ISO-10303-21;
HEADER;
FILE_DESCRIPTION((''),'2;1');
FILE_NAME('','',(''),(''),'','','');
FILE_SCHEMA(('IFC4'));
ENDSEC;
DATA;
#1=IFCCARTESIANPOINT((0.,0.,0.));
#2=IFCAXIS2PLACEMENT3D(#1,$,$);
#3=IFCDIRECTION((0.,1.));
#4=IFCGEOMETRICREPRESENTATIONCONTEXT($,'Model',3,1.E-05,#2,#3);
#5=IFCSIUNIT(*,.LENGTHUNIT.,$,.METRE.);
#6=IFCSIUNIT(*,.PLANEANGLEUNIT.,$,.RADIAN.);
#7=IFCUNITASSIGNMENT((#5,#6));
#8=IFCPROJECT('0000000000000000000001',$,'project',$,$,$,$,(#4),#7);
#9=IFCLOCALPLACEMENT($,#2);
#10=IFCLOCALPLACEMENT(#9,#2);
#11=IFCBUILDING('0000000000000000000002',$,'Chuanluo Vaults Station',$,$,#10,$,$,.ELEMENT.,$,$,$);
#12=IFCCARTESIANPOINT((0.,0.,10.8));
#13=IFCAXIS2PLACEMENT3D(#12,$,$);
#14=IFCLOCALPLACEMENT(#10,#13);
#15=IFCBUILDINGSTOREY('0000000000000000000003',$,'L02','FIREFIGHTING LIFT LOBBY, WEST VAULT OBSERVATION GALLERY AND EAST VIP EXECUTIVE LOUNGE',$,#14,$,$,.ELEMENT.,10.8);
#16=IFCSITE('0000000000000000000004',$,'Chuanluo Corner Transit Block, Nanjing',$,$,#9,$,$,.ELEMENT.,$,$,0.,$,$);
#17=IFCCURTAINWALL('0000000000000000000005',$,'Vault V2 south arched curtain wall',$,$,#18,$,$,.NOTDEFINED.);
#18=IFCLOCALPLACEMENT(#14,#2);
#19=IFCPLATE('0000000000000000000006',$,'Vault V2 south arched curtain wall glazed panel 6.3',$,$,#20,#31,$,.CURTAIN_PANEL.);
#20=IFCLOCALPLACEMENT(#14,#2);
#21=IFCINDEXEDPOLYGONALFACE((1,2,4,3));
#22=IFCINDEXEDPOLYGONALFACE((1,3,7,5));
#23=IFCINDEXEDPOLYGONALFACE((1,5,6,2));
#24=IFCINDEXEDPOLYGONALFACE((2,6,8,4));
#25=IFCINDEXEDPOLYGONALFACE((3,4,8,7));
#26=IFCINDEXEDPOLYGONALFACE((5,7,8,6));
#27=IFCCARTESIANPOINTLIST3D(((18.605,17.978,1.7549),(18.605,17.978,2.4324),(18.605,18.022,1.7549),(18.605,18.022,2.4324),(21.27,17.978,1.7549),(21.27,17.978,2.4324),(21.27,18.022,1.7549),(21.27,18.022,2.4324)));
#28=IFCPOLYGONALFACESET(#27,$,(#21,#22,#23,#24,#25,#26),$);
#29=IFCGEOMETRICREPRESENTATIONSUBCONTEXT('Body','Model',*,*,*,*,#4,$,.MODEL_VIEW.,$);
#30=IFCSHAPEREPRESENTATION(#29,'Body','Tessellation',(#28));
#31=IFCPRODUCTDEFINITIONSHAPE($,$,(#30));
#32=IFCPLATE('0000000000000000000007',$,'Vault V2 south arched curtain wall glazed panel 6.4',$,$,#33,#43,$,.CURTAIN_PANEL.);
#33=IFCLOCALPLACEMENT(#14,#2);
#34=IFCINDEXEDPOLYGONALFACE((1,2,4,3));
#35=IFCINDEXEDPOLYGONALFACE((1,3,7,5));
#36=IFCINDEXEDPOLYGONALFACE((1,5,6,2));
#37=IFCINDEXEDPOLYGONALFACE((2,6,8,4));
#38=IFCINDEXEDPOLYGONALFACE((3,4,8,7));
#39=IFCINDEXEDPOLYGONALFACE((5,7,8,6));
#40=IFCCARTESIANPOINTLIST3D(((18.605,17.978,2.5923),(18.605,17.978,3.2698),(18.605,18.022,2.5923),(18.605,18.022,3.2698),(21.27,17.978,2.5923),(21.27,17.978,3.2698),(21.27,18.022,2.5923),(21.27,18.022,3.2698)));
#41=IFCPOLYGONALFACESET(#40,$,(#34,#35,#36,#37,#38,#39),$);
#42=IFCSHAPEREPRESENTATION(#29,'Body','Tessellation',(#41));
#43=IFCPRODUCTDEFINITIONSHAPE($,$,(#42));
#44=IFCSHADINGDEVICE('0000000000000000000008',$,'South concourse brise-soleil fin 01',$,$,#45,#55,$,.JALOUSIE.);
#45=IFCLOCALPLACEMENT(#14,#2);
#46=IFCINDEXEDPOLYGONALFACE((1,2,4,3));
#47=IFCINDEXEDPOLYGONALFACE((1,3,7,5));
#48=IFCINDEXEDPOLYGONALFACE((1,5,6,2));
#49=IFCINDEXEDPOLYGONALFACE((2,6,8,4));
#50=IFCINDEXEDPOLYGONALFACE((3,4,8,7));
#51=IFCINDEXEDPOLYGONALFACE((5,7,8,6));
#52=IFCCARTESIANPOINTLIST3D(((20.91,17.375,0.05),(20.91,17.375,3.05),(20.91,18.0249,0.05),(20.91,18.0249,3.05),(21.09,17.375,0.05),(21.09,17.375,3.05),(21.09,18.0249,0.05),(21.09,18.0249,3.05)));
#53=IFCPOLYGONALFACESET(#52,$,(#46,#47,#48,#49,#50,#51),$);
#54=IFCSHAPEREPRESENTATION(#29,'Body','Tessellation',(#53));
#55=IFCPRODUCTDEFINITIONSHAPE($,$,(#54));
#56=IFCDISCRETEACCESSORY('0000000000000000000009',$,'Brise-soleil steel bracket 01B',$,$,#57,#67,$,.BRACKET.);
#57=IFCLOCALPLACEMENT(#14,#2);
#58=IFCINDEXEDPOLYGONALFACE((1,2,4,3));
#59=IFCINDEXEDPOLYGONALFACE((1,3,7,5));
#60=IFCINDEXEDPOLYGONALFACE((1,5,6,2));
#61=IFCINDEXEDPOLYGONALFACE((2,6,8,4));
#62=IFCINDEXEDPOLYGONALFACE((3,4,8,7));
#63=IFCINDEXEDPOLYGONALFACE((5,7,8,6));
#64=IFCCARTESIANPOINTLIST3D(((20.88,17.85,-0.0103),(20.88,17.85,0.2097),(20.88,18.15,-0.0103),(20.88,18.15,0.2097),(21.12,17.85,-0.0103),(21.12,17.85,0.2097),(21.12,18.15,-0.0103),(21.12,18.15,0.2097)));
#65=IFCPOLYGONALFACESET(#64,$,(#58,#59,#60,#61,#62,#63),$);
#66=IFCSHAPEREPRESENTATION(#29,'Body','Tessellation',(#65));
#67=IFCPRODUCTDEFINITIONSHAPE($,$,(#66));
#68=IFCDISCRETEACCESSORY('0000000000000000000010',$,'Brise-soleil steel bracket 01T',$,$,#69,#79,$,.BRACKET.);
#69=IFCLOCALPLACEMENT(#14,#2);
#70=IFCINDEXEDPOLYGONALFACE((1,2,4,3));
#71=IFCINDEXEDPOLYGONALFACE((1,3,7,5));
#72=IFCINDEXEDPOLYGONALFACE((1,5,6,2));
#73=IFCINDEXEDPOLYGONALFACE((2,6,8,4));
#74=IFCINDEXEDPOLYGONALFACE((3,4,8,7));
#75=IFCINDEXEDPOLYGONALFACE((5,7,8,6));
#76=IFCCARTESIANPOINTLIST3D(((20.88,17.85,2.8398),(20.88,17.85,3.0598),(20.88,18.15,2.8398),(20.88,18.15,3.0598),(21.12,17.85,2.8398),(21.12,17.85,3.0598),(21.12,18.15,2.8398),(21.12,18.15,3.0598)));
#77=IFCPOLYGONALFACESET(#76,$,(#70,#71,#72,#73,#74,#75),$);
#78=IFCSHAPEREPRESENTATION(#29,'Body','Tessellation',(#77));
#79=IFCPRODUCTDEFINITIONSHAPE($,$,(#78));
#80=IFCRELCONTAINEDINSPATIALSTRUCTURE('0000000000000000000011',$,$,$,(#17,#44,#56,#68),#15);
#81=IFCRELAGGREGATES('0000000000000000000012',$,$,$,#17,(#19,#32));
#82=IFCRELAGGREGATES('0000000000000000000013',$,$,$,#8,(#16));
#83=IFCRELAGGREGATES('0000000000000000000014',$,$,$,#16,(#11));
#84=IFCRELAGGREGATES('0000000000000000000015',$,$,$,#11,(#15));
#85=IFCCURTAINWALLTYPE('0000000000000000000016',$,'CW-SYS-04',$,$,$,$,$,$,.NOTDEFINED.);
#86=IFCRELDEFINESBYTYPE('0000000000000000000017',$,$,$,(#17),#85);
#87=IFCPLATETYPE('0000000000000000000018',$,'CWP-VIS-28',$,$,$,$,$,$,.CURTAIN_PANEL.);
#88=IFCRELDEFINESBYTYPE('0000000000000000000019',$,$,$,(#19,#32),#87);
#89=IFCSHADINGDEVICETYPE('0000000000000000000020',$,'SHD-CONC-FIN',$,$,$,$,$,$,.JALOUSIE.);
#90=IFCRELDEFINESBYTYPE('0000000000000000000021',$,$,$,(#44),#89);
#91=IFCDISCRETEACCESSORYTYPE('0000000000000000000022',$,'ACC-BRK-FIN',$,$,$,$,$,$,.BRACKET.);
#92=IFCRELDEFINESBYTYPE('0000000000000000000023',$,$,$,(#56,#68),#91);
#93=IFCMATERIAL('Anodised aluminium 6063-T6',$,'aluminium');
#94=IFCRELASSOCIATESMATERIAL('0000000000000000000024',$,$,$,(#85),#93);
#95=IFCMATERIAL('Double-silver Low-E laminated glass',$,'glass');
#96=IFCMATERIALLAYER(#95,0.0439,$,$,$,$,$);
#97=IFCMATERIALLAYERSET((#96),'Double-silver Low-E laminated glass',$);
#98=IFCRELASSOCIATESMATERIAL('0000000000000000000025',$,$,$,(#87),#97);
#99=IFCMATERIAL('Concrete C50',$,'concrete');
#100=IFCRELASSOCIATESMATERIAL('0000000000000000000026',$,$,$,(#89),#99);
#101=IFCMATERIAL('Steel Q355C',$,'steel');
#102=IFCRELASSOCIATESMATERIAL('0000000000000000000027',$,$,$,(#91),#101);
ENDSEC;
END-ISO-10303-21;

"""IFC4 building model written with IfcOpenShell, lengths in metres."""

from ifc_helpers import new_model, si_unit, direction, frame, origin, origin_2d, place, context, subcontext, project, spatial, rectangle, extrude, material, layer, layer_set, type_object, element, aggregate, save


model = new_model("IFC4")

# Units and contexts
model_context = context("Model", 3, precision=1e-05, world=origin(), true_north=direction((0.0, 1.0)))
body_context = subcontext(model_context, "Body", "Model", "MODEL_VIEW")
ifc_project = project(units=[si_unit("LENGTHUNIT", "METRE"), si_unit("PLANEANGLEUNIT", "RADIAN")], contexts=[model_context])

# Site, building, storey
site_placement = place(None, origin())
site = spatial("IfcSite", under=ifc_project, at=site_placement, Name="Chuanluo Corner Transit Block, Nanjing", CompositionType="ELEMENT", RefElevation=0.0)
building_placement = place(site_placement, origin())
building = spatial("IfcBuilding", under=site, at=building_placement, Name="Chuanluo Vaults Station", CompositionType="ELEMENT")
storey_placement = place(building_placement, frame((0.0, 0.0, 10.8)))
storey = spatial("IfcBuildingStorey", under=building, at=storey_placement, Name="L02", Description="FIREFIGHTING LIFT LOBBY, WEST VAULT OBSERVATION GALLERY AND EAST VIP EXECUTIVE LOUNGE", CompositionType="ELEMENT", Elevation=10.8)

# Curtain wall
ifc_material_1 = material(Name="Anodised aluminium 6063-T6", Category="aluminium")
curtain_wall_type_1 = type_object("IfcCurtainWallType", Name="CW-SYS-04", PredefinedType="NOTDEFINED", material=ifc_material_1)
curtain_wall_1_placement = place(storey_placement, origin())
curtain_wall_1 = element("IfcCurtainWall", 1, at=curtain_wall_1_placement, inside=storey, type_object=curtain_wall_type_1, Name="Vault V2 south arched curtain wall", PredefinedType="NOTDEFINED")

# Plates
ifc_material_2 = material(Name="Double-silver Low-E laminated glass", Category="glass")
ifc_layer_1 = layer(ifc_material_2, 0.0439)
ifc_layer_set_1 = layer_set([ifc_layer_1], Name="Double-silver Low-E laminated glass")
plate_type_1 = type_object("IfcPlateType", Name="CWP-VIS-28", PredefinedType="CURTAIN_PANEL", material=ifc_layer_set_1)
plate_1_placement = place(storey_placement, frame((19.9375, 18.0, 1.7549), z_axis=(0.0, 0.0, 1.0), x_axis=(-1.0, 0.0, 0.0)))
plate_1 = element("IfcPlate", 2, at=plate_1_placement, type_object=plate_type_1, Name="Vault V2 south arched curtain wall glazed panel 6.3", PredefinedType="CURTAIN_PANEL", context=body_context, shape_type="SweptSolid", body=[
    extrude(rectangle(XDim=2.665, YDim=0.0439, at=origin_2d()), origin(), (0.0, 0.0, 1.0), 0.6775),
])
plate_2_placement = place(storey_placement, frame((19.9375, 18.0, 2.5923), z_axis=(0.0, 0.0, 1.0), x_axis=(-1.0, 0.0, 0.0)))
plate_2 = element("IfcPlate", 3, at=plate_2_placement, type_object=plate_type_1, Name="Vault V2 south arched curtain wall glazed panel 6.4", PredefinedType="CURTAIN_PANEL", context=body_context, shape_type="SweptSolid", body=[
    extrude(rectangle(XDim=2.665, YDim=0.0439, at=origin_2d()), origin(), (0.0, 0.0, 1.0), 0.6775),
])
aggregate(curtain_wall_1, [plate_1, plate_2])

# Shading device
ifc_material_3 = material(Name="Concrete C50", Category="concrete")
shading_device_type = type_object("IfcShadingDeviceType", Name="SHD-CONC-FIN", PredefinedType="JALOUSIE", material=ifc_material_3)
shading_device_placement = place(storey_placement, frame((21.0, 17.7, 0.05), z_axis=(0.0, 0.0, 1.0), x_axis=(1.0, 0.0, 0.0)))
element("IfcShadingDevice", 4, at=shading_device_placement, inside=storey, type_object=shading_device_type, Name="South concourse brise-soleil fin 01", PredefinedType="JALOUSIE", context=body_context, shape_type="SweptSolid", body=[
    extrude(rectangle(XDim=0.1799, YDim=0.6499, at=origin_2d()), origin(), (0.0, 0.0, 1.0), 3.0),
])

# Discrete accessories
ifc_material_4 = material(Name="Steel Q355C", Category="steel")
discrete_accessory_type = type_object("IfcDiscreteAccessoryType", Name="ACC-BRK-FIN", PredefinedType="BRACKET", material=ifc_material_4)
for number, where, z_axis, x_axis, name in (
    (5, (21.0, 18.0, -0.0103), (0.0, 0.0, 1.0), (1.0, 0.0, 0.0), "Brise-soleil steel bracket 01B"),
    (6, (21.0, 18.0, 2.8398), (0.0, 0.0, 1.0), (1.0, 0.0, 0.0), "Brise-soleil steel bracket 01T"),
):
    element("IfcDiscreteAccessory", number, at=place(storey_placement, frame(where, z_axis=z_axis, x_axis=x_axis)), inside=storey, type_object=discrete_accessory_type, Name=name, PredefinedType="BRACKET", context=body_context, shape_type="SweptSolid", body=[
        extrude(rectangle(XDim=0.24, YDim=0.3, at=origin_2d()), origin(), (0.0, 0.0, 1.0), 0.22),
    ])

save(model, "model.ifc")
